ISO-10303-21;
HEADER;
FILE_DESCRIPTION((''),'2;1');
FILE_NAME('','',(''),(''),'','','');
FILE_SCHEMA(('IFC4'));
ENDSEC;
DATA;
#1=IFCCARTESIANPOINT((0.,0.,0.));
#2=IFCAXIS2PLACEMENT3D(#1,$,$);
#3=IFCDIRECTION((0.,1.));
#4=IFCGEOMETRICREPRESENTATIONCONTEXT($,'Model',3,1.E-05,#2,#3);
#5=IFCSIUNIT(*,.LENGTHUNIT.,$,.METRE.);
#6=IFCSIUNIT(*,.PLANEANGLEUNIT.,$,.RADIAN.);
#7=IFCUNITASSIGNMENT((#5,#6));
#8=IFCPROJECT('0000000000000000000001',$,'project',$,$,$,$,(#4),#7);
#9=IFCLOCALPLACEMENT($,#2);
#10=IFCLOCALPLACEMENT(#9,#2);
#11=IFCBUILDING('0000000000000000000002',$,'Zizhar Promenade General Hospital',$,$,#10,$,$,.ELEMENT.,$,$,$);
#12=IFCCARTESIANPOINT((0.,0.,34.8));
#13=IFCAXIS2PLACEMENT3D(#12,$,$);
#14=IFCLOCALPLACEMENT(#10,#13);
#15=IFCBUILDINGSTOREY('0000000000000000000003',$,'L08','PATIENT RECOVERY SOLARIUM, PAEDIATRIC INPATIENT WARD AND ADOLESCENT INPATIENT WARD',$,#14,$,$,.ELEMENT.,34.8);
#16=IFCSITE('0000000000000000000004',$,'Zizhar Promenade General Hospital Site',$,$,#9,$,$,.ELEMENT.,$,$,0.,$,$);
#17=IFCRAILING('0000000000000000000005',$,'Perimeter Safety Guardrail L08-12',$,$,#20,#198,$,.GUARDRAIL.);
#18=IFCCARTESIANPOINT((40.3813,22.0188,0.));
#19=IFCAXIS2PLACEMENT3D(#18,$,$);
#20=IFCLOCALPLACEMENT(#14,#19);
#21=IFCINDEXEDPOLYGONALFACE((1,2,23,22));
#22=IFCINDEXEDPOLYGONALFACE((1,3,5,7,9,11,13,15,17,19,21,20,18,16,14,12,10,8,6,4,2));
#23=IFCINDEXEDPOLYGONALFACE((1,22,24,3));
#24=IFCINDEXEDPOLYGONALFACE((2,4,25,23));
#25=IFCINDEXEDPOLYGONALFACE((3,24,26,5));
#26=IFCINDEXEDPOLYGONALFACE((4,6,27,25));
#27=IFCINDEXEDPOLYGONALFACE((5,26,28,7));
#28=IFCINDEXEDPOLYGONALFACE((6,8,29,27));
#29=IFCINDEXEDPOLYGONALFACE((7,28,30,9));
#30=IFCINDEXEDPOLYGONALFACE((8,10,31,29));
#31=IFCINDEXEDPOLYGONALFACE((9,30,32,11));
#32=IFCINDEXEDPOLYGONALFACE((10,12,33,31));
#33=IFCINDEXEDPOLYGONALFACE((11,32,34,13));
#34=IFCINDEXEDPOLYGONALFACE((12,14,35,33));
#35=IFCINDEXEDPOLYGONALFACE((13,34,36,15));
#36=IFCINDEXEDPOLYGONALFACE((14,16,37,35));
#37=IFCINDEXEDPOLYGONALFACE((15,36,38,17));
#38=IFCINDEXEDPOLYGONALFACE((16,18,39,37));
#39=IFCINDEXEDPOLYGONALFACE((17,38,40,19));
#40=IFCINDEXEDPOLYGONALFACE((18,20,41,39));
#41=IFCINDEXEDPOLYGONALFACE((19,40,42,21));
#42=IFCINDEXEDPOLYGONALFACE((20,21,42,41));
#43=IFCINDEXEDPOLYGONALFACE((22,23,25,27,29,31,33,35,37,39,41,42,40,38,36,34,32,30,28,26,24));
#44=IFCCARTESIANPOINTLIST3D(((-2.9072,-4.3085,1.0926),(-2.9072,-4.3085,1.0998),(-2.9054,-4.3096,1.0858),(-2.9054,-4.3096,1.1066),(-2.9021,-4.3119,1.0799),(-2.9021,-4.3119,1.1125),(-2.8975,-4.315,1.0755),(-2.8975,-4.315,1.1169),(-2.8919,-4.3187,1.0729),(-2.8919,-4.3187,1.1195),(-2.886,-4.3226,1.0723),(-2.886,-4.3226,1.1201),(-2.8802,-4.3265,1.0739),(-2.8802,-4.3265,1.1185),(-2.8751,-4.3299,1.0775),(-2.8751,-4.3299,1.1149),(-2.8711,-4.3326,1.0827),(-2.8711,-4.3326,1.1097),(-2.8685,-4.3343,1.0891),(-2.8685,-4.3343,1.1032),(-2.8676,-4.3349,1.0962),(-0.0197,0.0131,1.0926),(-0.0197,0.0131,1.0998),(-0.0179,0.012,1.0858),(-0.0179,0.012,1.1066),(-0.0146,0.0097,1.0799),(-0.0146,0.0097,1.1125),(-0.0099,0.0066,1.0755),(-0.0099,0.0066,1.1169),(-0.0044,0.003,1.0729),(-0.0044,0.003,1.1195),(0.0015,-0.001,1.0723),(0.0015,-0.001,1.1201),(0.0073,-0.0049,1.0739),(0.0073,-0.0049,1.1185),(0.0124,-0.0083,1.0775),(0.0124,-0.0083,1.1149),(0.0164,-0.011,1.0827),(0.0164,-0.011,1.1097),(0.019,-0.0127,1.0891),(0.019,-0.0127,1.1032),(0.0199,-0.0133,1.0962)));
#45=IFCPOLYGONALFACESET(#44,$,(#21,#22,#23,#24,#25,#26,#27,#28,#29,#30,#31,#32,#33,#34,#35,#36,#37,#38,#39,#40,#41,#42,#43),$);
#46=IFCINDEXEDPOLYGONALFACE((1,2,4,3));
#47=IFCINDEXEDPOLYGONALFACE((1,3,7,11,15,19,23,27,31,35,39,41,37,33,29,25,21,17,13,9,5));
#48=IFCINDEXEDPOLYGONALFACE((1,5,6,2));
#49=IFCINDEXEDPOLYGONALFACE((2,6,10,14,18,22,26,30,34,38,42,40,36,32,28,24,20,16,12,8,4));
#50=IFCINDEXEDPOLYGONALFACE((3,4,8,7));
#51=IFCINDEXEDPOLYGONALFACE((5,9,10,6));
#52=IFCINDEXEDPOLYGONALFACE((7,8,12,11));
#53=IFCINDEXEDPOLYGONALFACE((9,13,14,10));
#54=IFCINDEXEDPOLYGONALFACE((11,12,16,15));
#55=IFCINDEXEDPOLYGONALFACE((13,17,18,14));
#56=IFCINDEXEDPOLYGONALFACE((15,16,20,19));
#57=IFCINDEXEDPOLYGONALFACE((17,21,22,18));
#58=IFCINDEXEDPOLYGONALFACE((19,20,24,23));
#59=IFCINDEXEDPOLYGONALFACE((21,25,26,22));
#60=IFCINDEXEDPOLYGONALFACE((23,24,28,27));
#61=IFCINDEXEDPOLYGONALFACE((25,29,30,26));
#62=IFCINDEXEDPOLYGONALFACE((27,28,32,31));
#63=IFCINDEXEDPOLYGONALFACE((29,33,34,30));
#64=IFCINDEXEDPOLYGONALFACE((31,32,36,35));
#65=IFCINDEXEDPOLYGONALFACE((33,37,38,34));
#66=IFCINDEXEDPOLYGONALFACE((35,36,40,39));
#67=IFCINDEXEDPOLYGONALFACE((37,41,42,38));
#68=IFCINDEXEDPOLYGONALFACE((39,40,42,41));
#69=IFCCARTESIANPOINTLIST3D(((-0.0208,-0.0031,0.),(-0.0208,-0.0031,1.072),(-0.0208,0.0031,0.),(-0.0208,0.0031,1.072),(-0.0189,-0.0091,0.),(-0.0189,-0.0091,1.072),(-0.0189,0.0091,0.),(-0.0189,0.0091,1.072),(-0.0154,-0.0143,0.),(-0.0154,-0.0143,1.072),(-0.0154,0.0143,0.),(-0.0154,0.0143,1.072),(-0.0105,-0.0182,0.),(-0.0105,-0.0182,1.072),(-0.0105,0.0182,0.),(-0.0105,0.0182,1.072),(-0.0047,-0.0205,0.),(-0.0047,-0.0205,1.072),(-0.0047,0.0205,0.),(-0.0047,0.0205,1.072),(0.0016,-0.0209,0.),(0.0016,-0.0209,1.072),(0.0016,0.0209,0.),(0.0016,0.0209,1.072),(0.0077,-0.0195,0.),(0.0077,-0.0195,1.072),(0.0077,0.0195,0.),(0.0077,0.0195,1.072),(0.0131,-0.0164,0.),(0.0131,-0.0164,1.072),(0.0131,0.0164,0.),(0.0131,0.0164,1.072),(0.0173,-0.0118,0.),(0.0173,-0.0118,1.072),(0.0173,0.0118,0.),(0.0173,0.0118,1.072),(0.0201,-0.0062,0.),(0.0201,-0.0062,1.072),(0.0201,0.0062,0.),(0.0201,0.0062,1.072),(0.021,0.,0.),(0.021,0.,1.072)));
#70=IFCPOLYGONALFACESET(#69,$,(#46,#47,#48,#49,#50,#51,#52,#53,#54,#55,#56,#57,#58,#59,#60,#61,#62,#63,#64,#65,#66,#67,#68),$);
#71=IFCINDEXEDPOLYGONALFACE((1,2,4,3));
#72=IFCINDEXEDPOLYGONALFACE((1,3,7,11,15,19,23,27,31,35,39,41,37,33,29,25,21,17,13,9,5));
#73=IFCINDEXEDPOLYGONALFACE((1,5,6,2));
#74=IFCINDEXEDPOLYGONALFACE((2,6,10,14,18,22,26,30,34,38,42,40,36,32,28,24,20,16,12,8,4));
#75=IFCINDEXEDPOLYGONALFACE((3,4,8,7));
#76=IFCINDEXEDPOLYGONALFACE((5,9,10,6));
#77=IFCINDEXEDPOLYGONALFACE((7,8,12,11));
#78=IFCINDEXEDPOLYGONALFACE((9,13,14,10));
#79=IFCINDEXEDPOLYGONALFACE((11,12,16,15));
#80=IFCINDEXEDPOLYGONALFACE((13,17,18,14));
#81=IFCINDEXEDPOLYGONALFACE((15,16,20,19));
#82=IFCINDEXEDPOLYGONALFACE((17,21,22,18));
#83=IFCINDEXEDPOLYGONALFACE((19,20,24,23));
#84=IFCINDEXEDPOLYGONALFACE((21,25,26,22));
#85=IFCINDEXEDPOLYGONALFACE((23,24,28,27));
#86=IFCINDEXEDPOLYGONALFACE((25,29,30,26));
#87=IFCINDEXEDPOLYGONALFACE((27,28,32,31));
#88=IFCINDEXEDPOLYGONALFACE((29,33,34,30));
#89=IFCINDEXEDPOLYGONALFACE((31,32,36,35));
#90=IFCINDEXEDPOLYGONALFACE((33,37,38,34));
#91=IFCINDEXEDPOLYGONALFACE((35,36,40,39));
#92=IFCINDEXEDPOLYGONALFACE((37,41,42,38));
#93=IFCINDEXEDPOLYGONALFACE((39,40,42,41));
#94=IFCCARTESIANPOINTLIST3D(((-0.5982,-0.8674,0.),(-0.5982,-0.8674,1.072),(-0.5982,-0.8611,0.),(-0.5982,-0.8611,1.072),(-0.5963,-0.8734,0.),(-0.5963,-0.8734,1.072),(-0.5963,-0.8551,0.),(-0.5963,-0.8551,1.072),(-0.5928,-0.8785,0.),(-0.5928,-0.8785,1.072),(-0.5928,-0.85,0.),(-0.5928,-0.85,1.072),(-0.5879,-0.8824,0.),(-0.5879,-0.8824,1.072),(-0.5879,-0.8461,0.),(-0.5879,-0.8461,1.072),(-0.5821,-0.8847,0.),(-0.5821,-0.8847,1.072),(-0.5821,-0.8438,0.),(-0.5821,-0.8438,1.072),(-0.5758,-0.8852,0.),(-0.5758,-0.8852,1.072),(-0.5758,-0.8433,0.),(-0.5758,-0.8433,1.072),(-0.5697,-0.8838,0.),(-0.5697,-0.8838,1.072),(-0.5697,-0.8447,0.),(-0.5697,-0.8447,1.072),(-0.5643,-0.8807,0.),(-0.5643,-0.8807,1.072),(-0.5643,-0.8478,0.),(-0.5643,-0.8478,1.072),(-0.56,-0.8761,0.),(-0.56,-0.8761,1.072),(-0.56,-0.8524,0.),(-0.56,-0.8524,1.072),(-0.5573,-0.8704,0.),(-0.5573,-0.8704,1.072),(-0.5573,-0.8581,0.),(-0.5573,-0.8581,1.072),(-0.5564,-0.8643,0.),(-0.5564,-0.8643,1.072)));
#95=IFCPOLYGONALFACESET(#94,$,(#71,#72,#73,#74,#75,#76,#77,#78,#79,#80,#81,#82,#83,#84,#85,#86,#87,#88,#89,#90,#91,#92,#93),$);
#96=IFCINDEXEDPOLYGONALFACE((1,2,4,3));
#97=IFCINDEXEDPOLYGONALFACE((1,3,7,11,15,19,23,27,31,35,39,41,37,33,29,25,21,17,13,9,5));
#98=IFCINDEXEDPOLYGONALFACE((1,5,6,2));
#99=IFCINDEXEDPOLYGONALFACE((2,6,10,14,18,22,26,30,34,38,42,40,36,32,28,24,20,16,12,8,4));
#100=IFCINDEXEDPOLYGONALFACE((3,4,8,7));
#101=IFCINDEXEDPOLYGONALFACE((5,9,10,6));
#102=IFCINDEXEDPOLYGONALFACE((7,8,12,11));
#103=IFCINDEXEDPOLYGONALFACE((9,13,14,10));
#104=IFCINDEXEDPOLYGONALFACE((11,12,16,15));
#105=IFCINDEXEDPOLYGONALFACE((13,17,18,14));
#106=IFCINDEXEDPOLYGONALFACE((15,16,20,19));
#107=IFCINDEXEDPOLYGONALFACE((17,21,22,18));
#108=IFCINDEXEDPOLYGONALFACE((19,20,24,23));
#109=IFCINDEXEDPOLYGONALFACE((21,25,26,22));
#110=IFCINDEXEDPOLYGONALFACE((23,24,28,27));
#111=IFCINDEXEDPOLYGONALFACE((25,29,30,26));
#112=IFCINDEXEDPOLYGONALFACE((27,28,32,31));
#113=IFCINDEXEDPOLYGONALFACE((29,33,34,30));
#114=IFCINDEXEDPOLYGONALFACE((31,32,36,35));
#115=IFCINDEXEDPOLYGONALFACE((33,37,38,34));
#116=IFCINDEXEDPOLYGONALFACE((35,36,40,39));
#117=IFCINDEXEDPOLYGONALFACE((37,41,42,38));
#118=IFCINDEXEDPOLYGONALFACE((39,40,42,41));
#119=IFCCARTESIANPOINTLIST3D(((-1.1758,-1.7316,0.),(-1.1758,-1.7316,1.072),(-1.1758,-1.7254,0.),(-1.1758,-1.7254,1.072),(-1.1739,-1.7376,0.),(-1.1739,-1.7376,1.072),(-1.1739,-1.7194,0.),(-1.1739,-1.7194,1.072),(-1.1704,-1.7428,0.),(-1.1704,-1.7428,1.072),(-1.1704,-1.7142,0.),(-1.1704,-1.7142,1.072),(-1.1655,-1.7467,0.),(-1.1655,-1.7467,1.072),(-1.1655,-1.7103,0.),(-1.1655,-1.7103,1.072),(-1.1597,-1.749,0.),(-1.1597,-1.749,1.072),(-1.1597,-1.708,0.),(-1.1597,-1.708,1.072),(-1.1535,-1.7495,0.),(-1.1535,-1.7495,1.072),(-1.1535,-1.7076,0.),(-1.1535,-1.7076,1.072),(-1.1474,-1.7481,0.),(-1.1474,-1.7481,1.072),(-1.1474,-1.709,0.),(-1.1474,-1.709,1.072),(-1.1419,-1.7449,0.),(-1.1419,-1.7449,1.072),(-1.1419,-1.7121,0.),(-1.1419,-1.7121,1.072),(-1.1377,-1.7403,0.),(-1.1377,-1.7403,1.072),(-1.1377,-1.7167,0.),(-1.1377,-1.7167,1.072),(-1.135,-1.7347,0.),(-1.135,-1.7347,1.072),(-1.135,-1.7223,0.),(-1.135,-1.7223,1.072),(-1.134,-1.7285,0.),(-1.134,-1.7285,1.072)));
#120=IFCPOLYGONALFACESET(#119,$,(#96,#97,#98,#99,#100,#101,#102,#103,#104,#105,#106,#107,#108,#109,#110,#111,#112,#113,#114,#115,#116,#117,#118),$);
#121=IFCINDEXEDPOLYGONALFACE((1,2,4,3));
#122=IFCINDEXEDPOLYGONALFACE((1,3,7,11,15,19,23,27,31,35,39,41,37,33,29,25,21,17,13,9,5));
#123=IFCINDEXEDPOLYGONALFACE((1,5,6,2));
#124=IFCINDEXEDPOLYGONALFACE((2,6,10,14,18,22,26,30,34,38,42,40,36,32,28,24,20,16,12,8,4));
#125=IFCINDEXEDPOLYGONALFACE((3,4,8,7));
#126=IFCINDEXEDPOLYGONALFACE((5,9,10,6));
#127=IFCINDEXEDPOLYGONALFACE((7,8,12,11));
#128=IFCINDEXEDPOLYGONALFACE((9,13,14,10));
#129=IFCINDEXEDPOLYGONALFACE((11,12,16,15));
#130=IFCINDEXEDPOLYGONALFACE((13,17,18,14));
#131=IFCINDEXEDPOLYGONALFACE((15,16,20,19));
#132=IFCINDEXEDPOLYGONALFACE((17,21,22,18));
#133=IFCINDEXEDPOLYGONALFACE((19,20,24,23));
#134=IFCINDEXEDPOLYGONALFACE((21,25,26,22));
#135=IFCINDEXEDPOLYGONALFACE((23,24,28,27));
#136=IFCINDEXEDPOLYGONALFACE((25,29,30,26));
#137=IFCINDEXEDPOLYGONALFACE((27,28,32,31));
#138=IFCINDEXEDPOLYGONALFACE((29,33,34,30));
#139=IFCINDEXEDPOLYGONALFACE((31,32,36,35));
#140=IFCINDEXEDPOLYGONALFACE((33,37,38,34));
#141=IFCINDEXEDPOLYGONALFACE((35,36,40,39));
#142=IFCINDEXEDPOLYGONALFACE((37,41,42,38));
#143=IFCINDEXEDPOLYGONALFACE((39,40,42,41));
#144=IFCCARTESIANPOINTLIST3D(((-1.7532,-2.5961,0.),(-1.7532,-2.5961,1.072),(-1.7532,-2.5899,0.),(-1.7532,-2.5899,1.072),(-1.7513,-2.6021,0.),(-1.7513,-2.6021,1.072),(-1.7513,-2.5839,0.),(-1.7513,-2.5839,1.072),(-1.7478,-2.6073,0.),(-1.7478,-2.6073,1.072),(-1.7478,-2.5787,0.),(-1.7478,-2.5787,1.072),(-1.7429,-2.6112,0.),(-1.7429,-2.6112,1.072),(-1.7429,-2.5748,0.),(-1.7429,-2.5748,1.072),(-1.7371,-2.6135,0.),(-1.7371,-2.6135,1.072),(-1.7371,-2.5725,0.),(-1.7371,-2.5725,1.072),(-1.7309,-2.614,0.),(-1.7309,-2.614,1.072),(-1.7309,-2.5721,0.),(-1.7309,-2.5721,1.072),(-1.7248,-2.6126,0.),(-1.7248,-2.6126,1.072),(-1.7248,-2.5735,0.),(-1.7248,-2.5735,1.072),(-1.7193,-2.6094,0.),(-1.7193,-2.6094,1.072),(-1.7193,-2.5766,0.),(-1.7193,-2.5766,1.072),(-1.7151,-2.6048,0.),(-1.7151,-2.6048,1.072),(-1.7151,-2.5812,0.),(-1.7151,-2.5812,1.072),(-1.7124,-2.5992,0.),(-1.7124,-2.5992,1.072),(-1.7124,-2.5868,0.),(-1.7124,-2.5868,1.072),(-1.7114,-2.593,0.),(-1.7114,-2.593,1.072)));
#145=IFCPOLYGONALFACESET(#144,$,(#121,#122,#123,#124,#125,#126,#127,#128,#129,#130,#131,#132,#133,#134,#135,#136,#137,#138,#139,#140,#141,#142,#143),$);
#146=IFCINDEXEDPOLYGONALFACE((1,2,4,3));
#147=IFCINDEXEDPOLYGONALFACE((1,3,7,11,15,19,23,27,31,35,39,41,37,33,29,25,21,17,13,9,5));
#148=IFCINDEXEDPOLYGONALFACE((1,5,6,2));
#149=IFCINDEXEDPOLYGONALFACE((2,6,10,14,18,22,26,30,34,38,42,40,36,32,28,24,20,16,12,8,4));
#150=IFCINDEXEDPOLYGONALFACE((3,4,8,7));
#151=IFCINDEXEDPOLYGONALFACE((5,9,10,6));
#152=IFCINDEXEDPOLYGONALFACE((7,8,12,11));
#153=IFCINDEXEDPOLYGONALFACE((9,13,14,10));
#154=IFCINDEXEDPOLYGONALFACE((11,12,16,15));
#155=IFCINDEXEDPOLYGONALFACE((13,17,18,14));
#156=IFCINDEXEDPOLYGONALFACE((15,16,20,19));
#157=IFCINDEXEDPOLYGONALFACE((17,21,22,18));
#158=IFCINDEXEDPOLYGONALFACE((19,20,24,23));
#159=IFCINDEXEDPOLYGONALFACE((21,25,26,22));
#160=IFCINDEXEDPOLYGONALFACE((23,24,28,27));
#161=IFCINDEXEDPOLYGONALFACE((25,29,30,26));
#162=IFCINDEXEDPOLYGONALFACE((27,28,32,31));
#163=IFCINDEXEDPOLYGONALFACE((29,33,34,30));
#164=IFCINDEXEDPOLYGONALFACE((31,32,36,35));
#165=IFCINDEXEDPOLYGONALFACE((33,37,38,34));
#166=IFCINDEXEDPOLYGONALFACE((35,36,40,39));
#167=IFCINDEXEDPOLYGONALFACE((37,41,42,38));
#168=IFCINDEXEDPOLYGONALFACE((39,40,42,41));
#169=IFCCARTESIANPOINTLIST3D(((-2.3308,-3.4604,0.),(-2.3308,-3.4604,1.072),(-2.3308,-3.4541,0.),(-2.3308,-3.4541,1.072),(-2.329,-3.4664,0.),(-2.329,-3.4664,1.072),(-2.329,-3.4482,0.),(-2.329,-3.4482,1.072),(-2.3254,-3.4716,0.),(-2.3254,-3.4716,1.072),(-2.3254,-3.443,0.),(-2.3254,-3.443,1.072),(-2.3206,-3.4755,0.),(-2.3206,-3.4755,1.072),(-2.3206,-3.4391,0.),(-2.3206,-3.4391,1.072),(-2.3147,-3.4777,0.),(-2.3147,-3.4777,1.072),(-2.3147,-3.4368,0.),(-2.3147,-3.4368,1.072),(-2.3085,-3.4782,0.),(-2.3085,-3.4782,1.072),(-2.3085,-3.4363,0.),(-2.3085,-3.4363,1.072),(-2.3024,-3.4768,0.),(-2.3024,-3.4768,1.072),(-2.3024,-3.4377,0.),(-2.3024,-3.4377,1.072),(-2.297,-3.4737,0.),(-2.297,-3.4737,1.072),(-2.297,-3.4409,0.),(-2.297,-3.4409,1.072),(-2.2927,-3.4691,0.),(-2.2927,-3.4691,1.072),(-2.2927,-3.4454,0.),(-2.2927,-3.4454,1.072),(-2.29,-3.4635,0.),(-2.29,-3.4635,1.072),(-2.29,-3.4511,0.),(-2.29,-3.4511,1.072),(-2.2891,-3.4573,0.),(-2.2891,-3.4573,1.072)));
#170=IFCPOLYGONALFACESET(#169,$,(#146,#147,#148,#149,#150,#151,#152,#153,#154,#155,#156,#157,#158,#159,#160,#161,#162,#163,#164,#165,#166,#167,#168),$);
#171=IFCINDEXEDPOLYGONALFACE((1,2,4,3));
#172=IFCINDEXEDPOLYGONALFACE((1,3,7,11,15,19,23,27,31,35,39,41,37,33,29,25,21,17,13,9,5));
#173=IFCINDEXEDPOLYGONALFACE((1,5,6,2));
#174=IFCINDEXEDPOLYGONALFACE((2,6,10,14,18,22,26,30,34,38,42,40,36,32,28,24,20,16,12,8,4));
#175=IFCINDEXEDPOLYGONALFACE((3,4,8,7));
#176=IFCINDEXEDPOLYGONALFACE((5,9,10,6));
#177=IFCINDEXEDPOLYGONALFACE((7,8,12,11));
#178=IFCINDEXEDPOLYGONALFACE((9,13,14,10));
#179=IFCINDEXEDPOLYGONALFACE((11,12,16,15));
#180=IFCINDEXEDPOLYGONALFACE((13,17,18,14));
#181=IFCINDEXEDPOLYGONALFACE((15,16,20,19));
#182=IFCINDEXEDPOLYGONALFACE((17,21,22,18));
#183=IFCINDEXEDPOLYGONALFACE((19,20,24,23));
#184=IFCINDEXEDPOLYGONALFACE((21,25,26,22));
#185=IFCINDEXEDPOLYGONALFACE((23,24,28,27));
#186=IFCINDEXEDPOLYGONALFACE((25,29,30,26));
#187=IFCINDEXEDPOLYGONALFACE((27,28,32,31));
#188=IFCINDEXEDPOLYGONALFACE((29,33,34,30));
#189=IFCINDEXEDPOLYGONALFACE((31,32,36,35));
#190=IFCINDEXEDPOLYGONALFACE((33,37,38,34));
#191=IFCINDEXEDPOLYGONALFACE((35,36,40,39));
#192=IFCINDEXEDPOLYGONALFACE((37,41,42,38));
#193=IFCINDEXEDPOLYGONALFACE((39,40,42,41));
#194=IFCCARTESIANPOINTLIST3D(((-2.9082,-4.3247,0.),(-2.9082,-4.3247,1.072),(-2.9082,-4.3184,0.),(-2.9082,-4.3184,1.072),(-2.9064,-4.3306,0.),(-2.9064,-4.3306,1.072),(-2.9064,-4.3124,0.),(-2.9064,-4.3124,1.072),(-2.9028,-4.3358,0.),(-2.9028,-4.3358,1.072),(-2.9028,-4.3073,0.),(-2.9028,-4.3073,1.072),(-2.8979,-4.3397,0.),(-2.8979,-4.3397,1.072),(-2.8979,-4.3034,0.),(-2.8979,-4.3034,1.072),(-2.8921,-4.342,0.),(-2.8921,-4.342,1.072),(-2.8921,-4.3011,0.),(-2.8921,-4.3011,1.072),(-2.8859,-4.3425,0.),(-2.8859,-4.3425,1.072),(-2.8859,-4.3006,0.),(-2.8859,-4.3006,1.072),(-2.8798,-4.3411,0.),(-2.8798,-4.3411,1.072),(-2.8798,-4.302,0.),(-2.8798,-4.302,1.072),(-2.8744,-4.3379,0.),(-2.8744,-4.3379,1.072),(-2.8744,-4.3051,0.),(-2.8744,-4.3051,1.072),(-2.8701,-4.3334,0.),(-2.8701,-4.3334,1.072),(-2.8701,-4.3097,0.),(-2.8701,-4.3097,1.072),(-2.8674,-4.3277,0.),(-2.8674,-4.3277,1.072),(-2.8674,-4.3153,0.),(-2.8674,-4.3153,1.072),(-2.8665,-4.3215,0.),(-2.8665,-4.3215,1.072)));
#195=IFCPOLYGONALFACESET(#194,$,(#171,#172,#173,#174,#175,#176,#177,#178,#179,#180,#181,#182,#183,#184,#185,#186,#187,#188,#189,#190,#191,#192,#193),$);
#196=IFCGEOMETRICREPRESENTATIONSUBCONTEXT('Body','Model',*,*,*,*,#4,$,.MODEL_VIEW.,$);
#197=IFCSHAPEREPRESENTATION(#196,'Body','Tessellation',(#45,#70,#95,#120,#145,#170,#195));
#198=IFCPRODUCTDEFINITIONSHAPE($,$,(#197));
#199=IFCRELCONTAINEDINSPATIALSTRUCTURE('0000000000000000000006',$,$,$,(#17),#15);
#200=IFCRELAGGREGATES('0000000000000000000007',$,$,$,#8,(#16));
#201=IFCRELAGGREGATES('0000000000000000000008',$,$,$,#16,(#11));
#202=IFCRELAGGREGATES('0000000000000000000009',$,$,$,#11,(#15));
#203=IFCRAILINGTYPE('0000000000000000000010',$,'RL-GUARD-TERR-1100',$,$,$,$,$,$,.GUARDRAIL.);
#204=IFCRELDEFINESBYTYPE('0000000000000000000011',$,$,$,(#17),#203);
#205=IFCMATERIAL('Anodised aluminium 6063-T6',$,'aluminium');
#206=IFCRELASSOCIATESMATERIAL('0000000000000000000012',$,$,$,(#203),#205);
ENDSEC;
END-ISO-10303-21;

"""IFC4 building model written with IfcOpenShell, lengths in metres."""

from ifc_helpers import new_model, si_unit, direction, frame, origin, origin_2d, place, context, subcontext, project, spatial, circle, hollow_circle, extrude, material, material_profile, profile_set, type_object, element, save


model = new_model("IFC4")

# Units and contexts
model_context = context("Model", 3, precision=1e-05, world=origin(), true_north=direction((0.0, 1.0)))
body_context = subcontext(model_context, "Body", "Model", "MODEL_VIEW")
ifc_project = project(units=[si_unit("LENGTHUNIT", "METRE"), si_unit("PLANEANGLEUNIT", "RADIAN")], contexts=[model_context])

# Site, building, storey
site_placement = place(None, origin())
site = spatial("IfcSite", under=ifc_project, at=site_placement, Name="Zizhar Promenade General Hospital Site", CompositionType="ELEMENT", RefElevation=0.0)
building_placement = place(site_placement, origin())
building = spatial("IfcBuilding", under=site, at=building_placement, Name="Zizhar Promenade General Hospital", CompositionType="ELEMENT")
storey_placement = place(building_placement, frame((0.0, 0.0, 34.8)))
storey = spatial("IfcBuildingStorey", under=building, at=storey_placement, Name="L08", Description="PATIENT RECOVERY SOLARIUM, PAEDIATRIC INPATIENT WARD AND ADOLESCENT INPATIENT WARD", CompositionType="ELEMENT", Elevation=34.8)

# Railing
ifc_material_1 = material(Name="Anodised aluminium 6063-T6", Category="aluminium")
ifc_material_profile_1 = material_profile(ifc_material_1, hollow_circle(Radius=0.0698, WallThickness=0.0063, at=origin_2d()))
ifc_profile_set_1 = profile_set([ifc_material_profile_1], Name="Anodised aluminium 6063-T6")
railing_type_1 = type_object("IfcRailingType", Name="RL-GUARD-TERR-1100", PredefinedType="GUARDRAIL", material=ifc_profile_set_1)
railing_1_placement = place(storey_placement, frame((40.3813, 22.0188, 0.0)))
element("IfcRailing", 1, at=railing_1_placement, inside=storey, type_object=railing_type_1, Name="Perimeter Safety Guardrail L08-12", PredefinedType="GUARDRAIL", context=body_context, shape_type="SweptSolid", body=[
    extrude(circle(Radius=0.0239, at=origin_2d()), frame((0.0, 0.0, 1.0962), z_axis=(-0.555556, -0.831479, 0.0), x_axis=(0.831479, -0.555556, 0.0)), (0.0, 0.0, 1.0), 5.1975),
    extrude(circle(Radius=0.021, at=origin_2d()), origin(), (0.0, 0.0, 1.0), 1.072),
    extrude(circle(Radius=0.021, at=origin_2d()), frame((-0.5774, -0.8643, 0.0)), (0.0, 0.0, 1.0), 1.072),
    extrude(circle(Radius=0.021, at=origin_2d()), frame((-1.155, -1.7285, 0.0)), (0.0, 0.0, 1.0), 1.072),
    extrude(circle(Radius=0.021, at=origin_2d()), frame((-1.7324, -2.593, 0.0)), (0.0, 0.0, 1.0), 1.072),
    extrude(circle(Radius=0.021, at=origin_2d()), frame((-2.3101, -3.4573, 0.0)), (0.0, 0.0, 1.0), 1.072),
    extrude(circle(Radius=0.021, at=origin_2d()), frame((-2.8875, -4.3215, 0.0)), (0.0, 0.0, 1.0), 1.072),
])

save(model, "model.ifc")
